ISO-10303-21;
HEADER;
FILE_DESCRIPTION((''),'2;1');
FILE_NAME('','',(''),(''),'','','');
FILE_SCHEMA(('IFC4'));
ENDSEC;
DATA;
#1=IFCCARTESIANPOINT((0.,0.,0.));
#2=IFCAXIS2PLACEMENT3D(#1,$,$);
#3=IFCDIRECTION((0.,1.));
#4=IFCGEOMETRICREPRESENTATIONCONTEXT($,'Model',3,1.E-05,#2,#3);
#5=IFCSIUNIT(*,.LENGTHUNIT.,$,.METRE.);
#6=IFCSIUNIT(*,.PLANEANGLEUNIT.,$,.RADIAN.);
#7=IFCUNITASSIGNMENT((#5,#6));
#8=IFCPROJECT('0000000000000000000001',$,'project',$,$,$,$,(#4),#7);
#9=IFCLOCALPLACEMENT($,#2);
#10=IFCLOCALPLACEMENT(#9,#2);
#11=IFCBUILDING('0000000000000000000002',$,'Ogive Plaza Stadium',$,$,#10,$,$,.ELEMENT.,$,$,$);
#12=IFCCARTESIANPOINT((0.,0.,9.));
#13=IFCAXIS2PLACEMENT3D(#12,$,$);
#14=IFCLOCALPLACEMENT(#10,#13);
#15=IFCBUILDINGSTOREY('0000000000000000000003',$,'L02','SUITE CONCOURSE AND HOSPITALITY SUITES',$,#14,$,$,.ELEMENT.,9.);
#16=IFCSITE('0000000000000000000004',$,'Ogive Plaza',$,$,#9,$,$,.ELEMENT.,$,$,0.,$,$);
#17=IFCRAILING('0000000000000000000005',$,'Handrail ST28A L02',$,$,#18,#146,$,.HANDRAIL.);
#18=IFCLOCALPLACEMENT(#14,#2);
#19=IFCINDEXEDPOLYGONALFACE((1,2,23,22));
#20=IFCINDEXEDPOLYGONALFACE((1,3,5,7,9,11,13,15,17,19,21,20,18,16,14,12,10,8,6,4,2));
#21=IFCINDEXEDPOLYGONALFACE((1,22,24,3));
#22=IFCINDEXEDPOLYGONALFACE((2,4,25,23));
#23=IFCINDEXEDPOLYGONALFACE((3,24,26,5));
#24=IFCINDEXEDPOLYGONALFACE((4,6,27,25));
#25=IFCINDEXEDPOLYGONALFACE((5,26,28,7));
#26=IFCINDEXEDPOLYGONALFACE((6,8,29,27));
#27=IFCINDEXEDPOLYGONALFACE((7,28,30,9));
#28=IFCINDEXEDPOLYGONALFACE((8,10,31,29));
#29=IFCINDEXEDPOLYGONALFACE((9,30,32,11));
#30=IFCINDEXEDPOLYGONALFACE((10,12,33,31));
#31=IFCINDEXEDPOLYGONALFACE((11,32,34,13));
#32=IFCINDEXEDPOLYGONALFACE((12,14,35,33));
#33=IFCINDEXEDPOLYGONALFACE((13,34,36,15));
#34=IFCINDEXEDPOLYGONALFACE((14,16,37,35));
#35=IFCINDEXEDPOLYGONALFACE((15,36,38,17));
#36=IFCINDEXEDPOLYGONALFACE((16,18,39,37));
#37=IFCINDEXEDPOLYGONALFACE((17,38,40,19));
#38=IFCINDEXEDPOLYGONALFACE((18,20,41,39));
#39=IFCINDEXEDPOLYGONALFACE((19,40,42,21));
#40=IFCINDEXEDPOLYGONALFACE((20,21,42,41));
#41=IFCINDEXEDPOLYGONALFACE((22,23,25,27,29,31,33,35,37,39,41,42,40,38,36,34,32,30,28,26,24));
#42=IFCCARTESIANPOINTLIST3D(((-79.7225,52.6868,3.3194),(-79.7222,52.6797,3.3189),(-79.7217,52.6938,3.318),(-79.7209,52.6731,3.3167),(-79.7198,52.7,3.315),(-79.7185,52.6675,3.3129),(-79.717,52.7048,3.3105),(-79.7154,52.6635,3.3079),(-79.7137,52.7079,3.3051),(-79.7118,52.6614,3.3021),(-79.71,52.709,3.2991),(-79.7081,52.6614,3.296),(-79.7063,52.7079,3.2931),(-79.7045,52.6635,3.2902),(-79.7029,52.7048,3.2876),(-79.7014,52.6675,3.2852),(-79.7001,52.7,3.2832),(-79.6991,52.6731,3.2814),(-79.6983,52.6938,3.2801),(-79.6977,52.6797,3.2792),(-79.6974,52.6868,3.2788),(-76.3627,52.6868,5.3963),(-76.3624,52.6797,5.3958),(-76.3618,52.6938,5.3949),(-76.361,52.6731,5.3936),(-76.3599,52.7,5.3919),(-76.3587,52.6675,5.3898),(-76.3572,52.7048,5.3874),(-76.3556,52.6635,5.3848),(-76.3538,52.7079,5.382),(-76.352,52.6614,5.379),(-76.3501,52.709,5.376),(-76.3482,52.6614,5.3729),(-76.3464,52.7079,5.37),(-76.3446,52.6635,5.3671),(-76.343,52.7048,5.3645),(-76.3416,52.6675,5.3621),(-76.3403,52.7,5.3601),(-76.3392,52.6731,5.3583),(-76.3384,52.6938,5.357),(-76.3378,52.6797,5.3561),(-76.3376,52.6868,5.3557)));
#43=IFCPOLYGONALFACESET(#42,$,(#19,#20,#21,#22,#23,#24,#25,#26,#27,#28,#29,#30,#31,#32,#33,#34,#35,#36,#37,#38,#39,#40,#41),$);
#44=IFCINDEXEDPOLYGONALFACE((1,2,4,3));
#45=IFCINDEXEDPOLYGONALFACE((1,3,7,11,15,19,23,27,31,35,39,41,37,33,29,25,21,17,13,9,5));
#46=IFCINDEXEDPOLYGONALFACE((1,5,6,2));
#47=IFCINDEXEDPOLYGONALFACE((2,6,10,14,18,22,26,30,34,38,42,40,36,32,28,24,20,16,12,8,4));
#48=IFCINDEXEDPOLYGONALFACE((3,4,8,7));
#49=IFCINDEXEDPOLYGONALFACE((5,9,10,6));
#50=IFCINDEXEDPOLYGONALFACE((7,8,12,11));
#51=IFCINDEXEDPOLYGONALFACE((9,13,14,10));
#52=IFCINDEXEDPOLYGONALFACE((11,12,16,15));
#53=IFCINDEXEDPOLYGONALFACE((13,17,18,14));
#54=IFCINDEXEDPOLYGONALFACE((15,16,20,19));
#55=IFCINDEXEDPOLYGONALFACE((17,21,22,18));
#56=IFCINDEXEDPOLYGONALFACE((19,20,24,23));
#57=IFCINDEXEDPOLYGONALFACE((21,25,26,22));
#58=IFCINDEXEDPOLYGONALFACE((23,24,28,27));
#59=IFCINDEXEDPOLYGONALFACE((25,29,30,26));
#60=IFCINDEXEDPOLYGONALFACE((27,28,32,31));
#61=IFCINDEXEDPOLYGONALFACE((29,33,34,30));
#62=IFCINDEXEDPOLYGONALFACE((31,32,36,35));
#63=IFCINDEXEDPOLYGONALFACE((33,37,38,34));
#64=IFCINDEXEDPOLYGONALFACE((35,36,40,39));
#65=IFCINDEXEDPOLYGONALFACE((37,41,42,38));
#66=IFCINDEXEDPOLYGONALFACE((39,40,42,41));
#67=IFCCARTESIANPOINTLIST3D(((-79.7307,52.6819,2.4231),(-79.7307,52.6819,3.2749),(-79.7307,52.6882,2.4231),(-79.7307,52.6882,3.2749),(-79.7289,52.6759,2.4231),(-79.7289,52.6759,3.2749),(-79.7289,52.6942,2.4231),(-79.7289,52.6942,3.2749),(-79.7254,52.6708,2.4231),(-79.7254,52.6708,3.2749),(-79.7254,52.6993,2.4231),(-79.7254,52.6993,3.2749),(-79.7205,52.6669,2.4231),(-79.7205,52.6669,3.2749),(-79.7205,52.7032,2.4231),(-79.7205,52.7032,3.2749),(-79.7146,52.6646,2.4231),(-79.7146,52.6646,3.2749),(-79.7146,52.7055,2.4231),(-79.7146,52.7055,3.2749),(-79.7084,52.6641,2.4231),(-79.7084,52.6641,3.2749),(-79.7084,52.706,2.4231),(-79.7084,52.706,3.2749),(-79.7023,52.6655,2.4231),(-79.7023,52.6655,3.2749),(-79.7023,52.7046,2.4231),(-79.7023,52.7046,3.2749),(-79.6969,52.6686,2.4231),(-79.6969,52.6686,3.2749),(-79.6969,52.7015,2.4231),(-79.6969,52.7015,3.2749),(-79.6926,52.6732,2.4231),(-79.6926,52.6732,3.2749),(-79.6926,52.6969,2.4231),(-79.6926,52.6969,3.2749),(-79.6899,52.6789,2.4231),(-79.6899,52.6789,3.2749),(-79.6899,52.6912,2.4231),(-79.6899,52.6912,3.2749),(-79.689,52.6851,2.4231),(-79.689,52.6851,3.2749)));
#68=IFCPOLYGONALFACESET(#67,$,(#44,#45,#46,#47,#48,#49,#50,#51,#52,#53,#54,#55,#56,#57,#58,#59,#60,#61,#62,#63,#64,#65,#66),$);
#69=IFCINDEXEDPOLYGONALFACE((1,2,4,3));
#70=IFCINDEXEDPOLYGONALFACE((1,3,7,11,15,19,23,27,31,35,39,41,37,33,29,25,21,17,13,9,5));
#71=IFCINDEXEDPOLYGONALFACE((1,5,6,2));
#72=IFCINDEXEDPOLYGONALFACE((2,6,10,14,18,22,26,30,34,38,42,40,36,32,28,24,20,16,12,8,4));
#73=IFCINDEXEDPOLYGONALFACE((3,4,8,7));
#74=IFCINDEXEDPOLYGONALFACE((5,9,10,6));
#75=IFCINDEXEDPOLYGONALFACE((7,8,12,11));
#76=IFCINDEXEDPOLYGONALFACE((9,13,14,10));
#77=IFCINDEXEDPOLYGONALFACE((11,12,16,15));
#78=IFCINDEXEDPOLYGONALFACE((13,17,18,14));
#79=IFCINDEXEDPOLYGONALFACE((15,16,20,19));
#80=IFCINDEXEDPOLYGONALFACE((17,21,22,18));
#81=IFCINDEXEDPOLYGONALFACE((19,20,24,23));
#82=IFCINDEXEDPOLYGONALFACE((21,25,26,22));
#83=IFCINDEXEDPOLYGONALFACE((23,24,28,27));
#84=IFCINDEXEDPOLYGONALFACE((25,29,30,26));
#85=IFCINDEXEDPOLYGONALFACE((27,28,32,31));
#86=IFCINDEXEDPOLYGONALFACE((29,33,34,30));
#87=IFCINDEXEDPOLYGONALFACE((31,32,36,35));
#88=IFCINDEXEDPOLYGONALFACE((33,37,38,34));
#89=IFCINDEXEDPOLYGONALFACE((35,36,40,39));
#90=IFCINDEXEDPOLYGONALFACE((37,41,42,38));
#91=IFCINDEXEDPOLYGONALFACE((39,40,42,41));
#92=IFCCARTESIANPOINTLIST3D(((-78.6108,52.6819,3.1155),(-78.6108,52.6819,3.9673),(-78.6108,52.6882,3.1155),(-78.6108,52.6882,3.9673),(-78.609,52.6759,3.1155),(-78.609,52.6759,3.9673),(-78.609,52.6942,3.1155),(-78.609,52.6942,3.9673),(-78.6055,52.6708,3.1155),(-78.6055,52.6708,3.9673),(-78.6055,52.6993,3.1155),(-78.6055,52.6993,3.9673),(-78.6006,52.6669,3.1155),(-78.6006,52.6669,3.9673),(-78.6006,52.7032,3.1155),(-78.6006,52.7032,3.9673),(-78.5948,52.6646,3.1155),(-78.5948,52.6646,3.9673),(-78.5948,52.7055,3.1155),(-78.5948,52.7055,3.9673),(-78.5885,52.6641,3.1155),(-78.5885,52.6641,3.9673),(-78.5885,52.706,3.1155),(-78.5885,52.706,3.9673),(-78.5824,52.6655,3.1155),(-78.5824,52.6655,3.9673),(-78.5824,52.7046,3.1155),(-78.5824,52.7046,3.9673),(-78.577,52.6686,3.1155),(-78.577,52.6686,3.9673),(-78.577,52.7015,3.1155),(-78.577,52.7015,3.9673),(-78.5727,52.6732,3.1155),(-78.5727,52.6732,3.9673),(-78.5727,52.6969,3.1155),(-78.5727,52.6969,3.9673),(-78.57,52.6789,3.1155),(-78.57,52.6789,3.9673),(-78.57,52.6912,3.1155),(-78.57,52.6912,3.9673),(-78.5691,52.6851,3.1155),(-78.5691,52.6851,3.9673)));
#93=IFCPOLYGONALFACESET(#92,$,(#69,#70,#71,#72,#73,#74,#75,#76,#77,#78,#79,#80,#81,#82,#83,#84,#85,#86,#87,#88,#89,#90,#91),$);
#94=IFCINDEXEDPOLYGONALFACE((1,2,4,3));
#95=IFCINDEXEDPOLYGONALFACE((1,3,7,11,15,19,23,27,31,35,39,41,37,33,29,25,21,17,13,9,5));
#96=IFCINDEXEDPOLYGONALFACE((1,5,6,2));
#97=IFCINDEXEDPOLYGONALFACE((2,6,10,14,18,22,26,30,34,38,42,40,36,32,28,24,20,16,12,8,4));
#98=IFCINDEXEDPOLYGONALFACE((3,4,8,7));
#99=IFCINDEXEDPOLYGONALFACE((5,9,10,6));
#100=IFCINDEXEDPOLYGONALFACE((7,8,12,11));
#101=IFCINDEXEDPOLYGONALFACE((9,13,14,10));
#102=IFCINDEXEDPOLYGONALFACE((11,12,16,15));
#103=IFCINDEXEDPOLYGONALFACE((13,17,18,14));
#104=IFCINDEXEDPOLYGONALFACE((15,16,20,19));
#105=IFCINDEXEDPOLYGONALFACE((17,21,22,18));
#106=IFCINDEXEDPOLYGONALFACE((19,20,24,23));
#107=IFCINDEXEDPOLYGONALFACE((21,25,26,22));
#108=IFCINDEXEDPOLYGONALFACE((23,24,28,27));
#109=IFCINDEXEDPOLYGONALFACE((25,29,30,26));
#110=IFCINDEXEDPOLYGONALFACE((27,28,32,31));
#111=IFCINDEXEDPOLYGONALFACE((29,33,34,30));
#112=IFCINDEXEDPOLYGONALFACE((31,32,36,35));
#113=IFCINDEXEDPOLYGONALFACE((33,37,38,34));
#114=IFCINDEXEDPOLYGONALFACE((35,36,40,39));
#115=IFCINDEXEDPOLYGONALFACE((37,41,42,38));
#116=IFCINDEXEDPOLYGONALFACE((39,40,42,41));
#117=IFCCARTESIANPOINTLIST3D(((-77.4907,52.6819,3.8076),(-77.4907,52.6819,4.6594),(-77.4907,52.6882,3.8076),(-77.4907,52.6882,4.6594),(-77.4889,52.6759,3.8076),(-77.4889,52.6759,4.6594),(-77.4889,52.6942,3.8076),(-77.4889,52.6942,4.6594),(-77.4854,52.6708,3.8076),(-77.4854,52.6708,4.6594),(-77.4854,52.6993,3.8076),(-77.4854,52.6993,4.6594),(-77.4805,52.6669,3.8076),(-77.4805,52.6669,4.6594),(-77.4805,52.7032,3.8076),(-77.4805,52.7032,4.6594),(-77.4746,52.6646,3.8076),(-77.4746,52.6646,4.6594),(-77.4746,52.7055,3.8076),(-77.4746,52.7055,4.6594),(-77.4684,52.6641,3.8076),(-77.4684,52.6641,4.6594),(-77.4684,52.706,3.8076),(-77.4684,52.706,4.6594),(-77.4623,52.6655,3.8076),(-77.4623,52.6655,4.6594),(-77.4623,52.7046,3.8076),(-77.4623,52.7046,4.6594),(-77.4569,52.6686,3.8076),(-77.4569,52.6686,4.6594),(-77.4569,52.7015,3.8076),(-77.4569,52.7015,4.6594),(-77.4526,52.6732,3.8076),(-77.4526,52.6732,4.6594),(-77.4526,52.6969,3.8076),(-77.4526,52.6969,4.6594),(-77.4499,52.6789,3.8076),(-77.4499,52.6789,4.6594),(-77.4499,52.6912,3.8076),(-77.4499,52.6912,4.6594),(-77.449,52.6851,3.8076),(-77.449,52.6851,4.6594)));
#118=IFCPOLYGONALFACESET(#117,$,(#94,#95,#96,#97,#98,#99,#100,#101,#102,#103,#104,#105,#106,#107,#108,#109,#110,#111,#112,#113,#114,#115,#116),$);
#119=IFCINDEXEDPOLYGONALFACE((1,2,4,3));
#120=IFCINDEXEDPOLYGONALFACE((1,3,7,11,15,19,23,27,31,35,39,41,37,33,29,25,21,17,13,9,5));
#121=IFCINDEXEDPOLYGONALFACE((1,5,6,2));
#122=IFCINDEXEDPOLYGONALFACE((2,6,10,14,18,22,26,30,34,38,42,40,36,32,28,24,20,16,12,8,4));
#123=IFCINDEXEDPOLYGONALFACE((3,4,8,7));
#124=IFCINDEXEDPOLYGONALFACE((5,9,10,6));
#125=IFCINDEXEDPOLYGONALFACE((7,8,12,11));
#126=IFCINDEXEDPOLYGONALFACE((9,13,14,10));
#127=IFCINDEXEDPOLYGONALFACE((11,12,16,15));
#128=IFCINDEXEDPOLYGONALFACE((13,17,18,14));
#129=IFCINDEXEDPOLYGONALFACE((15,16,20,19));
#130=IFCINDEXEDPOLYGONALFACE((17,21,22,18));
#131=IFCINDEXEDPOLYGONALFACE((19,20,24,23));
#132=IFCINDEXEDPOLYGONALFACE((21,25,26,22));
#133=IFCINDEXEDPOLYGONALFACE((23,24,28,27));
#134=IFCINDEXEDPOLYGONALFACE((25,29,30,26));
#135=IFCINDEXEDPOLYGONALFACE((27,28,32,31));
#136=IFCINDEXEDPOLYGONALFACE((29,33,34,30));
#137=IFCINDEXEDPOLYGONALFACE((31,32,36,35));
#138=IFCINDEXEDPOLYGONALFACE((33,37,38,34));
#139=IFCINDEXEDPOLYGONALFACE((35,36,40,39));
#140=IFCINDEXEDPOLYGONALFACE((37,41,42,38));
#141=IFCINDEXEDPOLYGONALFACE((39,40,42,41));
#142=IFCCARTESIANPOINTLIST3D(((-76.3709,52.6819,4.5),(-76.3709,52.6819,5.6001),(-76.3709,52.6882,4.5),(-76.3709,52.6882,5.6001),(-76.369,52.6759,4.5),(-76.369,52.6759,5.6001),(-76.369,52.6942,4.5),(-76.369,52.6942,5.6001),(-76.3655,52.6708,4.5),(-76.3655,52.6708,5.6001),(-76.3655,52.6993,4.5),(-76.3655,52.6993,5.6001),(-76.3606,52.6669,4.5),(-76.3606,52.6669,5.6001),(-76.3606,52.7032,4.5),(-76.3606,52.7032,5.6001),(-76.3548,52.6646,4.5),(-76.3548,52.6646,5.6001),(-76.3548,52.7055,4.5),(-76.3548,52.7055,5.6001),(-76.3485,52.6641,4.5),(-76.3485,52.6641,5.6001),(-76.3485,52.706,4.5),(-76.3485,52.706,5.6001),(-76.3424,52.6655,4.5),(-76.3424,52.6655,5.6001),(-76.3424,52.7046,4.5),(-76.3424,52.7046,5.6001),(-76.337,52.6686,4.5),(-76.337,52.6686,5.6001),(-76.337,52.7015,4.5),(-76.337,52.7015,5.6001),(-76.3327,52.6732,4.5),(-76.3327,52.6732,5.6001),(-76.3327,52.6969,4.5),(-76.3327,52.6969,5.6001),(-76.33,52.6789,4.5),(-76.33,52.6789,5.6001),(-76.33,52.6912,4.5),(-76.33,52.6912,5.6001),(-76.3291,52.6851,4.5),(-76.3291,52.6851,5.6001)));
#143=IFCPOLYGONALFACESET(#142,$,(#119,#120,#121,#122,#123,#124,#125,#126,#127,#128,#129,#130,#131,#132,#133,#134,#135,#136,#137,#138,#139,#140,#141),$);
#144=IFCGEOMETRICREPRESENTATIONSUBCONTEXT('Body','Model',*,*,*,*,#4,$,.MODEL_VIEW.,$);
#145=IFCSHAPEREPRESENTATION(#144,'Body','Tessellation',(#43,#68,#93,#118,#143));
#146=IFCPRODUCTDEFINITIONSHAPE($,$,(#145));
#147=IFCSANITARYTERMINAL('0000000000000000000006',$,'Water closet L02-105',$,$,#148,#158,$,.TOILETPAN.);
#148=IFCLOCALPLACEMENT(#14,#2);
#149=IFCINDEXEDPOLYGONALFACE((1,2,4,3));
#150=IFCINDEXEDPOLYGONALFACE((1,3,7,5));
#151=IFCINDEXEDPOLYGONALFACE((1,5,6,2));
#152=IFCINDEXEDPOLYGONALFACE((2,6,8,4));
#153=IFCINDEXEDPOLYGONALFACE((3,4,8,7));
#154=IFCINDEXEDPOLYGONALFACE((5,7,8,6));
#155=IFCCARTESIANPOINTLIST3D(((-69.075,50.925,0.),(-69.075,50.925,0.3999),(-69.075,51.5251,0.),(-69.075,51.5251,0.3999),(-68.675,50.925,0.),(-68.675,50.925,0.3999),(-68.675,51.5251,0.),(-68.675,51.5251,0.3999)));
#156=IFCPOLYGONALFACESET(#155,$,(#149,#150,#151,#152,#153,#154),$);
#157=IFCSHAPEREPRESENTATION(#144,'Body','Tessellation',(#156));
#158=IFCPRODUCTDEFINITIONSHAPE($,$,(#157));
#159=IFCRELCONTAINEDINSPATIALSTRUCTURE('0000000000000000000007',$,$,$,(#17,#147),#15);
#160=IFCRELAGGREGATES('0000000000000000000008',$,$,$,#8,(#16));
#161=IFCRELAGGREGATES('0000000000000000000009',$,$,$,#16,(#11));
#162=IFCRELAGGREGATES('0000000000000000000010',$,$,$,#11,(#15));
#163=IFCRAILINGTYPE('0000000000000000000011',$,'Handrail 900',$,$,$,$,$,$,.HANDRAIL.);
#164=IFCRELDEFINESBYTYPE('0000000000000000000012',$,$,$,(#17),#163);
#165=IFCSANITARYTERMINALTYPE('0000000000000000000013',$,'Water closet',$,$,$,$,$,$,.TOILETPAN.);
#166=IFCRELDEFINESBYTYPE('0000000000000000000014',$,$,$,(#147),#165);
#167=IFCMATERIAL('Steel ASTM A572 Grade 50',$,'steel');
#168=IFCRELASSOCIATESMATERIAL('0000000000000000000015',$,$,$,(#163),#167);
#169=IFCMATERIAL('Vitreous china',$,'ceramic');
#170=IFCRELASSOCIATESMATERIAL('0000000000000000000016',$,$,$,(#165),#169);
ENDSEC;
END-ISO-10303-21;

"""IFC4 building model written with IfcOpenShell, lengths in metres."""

from ifc_helpers import new_model, si_unit, direction, frame, origin, origin_2d, place, context, subcontext, project, spatial, rectangle, circle, extrude, material, type_object, element, save


model = new_model("IFC4")

# Units and contexts
model_context = context("Model", 3, precision=1e-05, world=origin(), true_north=direction((0.0, 1.0)))
body_context = subcontext(model_context, "Body", "Model", "MODEL_VIEW")
ifc_project = project(units=[si_unit("LENGTHUNIT", "METRE"), si_unit("PLANEANGLEUNIT", "RADIAN")], contexts=[model_context])

# Site, building, storey
site_placement = place(None, origin())
site = spatial("IfcSite", under=ifc_project, at=site_placement, Name="Ogive Plaza", CompositionType="ELEMENT", RefElevation=0.0)
building_placement = place(site_placement, origin())
building = spatial("IfcBuilding", under=site, at=building_placement, Name="Ogive Plaza Stadium", CompositionType="ELEMENT")
storey_placement = place(building_placement, frame((0.0, 0.0, 9.0)))
storey = spatial("IfcBuildingStorey", under=building, at=storey_placement, Name="L02", Description="SUITE CONCOURSE AND HOSPITALITY SUITES", CompositionType="ELEMENT", Elevation=9.0)

# Railing
ifc_material_1 = material(Name="Steel ASTM A572 Grade 50", Category="steel")
railing_type_1 = type_object("IfcRailingType", Name="Handrail 900", PredefinedType="HANDRAIL", material=ifc_material_1)
for number, where, name in (
    (1, (-79.71, 52.6851, 2.4231), "Handrail ST28A L02"),
):
    element("IfcRailing", number, at=place(storey_placement, frame(where)), inside=storey, type_object=railing_type_1, Name=name, PredefinedType="HANDRAIL", context=body_context, shape_type="SweptSolid", body=[
        extrude(circle(Radius=0.0239, at=origin_2d()), frame((0.0, 0.0, 0.876), z_axis=(0.850606, 0.0, 0.525803), x_axis=(0.0, 1.0, 0.0)), (0.0, 0.0, 1.0), 3.95),
        extrude(circle(Radius=0.021, at=origin_2d()), origin(), (0.0, 0.0, 1.0), 0.8518),
        extrude(circle(Radius=0.021, at=origin_2d()), frame((1.1199, 0.0, 0.6924)), (0.0, 0.0, 1.0), 0.8518),
        extrude(circle(Radius=0.021, at=origin_2d()), frame((2.24, 0.0, 1.3845)), (0.0, 0.0, 1.0), 0.8518),
        extrude(circle(Radius=0.021, at=origin_2d()), frame((3.3599, 0.0, 2.0769)), (0.0, 0.0, 1.0), 1.1001),
    ])

# Sanitary terminal
ifc_material_2 = material(Name="Vitreous china", Category="ceramic")
sanitary_terminal_type = type_object("IfcSanitaryTerminalType", Name="Water closet", PredefinedType="TOILETPAN", material=ifc_material_2)
sanitary_terminal_placement = place(storey_placement, frame((-68.875, 51.2251, 0.0), z_axis=(0.0, 0.0, 1.0), x_axis=(1.0, 0.0, 0.0)))
element("IfcSanitaryTerminal", 2, at=sanitary_terminal_placement, inside=storey, type_object=sanitary_terminal_type, Name="Water closet L02-105", PredefinedType="TOILETPAN", context=body_context, shape_type="SweptSolid", body=[
    extrude(rectangle(XDim=0.3999, YDim=0.6001, at=origin_2d()), origin(), (0.0, 0.0, 1.0), 0.3999),
])

save(model, "model.ifc")
